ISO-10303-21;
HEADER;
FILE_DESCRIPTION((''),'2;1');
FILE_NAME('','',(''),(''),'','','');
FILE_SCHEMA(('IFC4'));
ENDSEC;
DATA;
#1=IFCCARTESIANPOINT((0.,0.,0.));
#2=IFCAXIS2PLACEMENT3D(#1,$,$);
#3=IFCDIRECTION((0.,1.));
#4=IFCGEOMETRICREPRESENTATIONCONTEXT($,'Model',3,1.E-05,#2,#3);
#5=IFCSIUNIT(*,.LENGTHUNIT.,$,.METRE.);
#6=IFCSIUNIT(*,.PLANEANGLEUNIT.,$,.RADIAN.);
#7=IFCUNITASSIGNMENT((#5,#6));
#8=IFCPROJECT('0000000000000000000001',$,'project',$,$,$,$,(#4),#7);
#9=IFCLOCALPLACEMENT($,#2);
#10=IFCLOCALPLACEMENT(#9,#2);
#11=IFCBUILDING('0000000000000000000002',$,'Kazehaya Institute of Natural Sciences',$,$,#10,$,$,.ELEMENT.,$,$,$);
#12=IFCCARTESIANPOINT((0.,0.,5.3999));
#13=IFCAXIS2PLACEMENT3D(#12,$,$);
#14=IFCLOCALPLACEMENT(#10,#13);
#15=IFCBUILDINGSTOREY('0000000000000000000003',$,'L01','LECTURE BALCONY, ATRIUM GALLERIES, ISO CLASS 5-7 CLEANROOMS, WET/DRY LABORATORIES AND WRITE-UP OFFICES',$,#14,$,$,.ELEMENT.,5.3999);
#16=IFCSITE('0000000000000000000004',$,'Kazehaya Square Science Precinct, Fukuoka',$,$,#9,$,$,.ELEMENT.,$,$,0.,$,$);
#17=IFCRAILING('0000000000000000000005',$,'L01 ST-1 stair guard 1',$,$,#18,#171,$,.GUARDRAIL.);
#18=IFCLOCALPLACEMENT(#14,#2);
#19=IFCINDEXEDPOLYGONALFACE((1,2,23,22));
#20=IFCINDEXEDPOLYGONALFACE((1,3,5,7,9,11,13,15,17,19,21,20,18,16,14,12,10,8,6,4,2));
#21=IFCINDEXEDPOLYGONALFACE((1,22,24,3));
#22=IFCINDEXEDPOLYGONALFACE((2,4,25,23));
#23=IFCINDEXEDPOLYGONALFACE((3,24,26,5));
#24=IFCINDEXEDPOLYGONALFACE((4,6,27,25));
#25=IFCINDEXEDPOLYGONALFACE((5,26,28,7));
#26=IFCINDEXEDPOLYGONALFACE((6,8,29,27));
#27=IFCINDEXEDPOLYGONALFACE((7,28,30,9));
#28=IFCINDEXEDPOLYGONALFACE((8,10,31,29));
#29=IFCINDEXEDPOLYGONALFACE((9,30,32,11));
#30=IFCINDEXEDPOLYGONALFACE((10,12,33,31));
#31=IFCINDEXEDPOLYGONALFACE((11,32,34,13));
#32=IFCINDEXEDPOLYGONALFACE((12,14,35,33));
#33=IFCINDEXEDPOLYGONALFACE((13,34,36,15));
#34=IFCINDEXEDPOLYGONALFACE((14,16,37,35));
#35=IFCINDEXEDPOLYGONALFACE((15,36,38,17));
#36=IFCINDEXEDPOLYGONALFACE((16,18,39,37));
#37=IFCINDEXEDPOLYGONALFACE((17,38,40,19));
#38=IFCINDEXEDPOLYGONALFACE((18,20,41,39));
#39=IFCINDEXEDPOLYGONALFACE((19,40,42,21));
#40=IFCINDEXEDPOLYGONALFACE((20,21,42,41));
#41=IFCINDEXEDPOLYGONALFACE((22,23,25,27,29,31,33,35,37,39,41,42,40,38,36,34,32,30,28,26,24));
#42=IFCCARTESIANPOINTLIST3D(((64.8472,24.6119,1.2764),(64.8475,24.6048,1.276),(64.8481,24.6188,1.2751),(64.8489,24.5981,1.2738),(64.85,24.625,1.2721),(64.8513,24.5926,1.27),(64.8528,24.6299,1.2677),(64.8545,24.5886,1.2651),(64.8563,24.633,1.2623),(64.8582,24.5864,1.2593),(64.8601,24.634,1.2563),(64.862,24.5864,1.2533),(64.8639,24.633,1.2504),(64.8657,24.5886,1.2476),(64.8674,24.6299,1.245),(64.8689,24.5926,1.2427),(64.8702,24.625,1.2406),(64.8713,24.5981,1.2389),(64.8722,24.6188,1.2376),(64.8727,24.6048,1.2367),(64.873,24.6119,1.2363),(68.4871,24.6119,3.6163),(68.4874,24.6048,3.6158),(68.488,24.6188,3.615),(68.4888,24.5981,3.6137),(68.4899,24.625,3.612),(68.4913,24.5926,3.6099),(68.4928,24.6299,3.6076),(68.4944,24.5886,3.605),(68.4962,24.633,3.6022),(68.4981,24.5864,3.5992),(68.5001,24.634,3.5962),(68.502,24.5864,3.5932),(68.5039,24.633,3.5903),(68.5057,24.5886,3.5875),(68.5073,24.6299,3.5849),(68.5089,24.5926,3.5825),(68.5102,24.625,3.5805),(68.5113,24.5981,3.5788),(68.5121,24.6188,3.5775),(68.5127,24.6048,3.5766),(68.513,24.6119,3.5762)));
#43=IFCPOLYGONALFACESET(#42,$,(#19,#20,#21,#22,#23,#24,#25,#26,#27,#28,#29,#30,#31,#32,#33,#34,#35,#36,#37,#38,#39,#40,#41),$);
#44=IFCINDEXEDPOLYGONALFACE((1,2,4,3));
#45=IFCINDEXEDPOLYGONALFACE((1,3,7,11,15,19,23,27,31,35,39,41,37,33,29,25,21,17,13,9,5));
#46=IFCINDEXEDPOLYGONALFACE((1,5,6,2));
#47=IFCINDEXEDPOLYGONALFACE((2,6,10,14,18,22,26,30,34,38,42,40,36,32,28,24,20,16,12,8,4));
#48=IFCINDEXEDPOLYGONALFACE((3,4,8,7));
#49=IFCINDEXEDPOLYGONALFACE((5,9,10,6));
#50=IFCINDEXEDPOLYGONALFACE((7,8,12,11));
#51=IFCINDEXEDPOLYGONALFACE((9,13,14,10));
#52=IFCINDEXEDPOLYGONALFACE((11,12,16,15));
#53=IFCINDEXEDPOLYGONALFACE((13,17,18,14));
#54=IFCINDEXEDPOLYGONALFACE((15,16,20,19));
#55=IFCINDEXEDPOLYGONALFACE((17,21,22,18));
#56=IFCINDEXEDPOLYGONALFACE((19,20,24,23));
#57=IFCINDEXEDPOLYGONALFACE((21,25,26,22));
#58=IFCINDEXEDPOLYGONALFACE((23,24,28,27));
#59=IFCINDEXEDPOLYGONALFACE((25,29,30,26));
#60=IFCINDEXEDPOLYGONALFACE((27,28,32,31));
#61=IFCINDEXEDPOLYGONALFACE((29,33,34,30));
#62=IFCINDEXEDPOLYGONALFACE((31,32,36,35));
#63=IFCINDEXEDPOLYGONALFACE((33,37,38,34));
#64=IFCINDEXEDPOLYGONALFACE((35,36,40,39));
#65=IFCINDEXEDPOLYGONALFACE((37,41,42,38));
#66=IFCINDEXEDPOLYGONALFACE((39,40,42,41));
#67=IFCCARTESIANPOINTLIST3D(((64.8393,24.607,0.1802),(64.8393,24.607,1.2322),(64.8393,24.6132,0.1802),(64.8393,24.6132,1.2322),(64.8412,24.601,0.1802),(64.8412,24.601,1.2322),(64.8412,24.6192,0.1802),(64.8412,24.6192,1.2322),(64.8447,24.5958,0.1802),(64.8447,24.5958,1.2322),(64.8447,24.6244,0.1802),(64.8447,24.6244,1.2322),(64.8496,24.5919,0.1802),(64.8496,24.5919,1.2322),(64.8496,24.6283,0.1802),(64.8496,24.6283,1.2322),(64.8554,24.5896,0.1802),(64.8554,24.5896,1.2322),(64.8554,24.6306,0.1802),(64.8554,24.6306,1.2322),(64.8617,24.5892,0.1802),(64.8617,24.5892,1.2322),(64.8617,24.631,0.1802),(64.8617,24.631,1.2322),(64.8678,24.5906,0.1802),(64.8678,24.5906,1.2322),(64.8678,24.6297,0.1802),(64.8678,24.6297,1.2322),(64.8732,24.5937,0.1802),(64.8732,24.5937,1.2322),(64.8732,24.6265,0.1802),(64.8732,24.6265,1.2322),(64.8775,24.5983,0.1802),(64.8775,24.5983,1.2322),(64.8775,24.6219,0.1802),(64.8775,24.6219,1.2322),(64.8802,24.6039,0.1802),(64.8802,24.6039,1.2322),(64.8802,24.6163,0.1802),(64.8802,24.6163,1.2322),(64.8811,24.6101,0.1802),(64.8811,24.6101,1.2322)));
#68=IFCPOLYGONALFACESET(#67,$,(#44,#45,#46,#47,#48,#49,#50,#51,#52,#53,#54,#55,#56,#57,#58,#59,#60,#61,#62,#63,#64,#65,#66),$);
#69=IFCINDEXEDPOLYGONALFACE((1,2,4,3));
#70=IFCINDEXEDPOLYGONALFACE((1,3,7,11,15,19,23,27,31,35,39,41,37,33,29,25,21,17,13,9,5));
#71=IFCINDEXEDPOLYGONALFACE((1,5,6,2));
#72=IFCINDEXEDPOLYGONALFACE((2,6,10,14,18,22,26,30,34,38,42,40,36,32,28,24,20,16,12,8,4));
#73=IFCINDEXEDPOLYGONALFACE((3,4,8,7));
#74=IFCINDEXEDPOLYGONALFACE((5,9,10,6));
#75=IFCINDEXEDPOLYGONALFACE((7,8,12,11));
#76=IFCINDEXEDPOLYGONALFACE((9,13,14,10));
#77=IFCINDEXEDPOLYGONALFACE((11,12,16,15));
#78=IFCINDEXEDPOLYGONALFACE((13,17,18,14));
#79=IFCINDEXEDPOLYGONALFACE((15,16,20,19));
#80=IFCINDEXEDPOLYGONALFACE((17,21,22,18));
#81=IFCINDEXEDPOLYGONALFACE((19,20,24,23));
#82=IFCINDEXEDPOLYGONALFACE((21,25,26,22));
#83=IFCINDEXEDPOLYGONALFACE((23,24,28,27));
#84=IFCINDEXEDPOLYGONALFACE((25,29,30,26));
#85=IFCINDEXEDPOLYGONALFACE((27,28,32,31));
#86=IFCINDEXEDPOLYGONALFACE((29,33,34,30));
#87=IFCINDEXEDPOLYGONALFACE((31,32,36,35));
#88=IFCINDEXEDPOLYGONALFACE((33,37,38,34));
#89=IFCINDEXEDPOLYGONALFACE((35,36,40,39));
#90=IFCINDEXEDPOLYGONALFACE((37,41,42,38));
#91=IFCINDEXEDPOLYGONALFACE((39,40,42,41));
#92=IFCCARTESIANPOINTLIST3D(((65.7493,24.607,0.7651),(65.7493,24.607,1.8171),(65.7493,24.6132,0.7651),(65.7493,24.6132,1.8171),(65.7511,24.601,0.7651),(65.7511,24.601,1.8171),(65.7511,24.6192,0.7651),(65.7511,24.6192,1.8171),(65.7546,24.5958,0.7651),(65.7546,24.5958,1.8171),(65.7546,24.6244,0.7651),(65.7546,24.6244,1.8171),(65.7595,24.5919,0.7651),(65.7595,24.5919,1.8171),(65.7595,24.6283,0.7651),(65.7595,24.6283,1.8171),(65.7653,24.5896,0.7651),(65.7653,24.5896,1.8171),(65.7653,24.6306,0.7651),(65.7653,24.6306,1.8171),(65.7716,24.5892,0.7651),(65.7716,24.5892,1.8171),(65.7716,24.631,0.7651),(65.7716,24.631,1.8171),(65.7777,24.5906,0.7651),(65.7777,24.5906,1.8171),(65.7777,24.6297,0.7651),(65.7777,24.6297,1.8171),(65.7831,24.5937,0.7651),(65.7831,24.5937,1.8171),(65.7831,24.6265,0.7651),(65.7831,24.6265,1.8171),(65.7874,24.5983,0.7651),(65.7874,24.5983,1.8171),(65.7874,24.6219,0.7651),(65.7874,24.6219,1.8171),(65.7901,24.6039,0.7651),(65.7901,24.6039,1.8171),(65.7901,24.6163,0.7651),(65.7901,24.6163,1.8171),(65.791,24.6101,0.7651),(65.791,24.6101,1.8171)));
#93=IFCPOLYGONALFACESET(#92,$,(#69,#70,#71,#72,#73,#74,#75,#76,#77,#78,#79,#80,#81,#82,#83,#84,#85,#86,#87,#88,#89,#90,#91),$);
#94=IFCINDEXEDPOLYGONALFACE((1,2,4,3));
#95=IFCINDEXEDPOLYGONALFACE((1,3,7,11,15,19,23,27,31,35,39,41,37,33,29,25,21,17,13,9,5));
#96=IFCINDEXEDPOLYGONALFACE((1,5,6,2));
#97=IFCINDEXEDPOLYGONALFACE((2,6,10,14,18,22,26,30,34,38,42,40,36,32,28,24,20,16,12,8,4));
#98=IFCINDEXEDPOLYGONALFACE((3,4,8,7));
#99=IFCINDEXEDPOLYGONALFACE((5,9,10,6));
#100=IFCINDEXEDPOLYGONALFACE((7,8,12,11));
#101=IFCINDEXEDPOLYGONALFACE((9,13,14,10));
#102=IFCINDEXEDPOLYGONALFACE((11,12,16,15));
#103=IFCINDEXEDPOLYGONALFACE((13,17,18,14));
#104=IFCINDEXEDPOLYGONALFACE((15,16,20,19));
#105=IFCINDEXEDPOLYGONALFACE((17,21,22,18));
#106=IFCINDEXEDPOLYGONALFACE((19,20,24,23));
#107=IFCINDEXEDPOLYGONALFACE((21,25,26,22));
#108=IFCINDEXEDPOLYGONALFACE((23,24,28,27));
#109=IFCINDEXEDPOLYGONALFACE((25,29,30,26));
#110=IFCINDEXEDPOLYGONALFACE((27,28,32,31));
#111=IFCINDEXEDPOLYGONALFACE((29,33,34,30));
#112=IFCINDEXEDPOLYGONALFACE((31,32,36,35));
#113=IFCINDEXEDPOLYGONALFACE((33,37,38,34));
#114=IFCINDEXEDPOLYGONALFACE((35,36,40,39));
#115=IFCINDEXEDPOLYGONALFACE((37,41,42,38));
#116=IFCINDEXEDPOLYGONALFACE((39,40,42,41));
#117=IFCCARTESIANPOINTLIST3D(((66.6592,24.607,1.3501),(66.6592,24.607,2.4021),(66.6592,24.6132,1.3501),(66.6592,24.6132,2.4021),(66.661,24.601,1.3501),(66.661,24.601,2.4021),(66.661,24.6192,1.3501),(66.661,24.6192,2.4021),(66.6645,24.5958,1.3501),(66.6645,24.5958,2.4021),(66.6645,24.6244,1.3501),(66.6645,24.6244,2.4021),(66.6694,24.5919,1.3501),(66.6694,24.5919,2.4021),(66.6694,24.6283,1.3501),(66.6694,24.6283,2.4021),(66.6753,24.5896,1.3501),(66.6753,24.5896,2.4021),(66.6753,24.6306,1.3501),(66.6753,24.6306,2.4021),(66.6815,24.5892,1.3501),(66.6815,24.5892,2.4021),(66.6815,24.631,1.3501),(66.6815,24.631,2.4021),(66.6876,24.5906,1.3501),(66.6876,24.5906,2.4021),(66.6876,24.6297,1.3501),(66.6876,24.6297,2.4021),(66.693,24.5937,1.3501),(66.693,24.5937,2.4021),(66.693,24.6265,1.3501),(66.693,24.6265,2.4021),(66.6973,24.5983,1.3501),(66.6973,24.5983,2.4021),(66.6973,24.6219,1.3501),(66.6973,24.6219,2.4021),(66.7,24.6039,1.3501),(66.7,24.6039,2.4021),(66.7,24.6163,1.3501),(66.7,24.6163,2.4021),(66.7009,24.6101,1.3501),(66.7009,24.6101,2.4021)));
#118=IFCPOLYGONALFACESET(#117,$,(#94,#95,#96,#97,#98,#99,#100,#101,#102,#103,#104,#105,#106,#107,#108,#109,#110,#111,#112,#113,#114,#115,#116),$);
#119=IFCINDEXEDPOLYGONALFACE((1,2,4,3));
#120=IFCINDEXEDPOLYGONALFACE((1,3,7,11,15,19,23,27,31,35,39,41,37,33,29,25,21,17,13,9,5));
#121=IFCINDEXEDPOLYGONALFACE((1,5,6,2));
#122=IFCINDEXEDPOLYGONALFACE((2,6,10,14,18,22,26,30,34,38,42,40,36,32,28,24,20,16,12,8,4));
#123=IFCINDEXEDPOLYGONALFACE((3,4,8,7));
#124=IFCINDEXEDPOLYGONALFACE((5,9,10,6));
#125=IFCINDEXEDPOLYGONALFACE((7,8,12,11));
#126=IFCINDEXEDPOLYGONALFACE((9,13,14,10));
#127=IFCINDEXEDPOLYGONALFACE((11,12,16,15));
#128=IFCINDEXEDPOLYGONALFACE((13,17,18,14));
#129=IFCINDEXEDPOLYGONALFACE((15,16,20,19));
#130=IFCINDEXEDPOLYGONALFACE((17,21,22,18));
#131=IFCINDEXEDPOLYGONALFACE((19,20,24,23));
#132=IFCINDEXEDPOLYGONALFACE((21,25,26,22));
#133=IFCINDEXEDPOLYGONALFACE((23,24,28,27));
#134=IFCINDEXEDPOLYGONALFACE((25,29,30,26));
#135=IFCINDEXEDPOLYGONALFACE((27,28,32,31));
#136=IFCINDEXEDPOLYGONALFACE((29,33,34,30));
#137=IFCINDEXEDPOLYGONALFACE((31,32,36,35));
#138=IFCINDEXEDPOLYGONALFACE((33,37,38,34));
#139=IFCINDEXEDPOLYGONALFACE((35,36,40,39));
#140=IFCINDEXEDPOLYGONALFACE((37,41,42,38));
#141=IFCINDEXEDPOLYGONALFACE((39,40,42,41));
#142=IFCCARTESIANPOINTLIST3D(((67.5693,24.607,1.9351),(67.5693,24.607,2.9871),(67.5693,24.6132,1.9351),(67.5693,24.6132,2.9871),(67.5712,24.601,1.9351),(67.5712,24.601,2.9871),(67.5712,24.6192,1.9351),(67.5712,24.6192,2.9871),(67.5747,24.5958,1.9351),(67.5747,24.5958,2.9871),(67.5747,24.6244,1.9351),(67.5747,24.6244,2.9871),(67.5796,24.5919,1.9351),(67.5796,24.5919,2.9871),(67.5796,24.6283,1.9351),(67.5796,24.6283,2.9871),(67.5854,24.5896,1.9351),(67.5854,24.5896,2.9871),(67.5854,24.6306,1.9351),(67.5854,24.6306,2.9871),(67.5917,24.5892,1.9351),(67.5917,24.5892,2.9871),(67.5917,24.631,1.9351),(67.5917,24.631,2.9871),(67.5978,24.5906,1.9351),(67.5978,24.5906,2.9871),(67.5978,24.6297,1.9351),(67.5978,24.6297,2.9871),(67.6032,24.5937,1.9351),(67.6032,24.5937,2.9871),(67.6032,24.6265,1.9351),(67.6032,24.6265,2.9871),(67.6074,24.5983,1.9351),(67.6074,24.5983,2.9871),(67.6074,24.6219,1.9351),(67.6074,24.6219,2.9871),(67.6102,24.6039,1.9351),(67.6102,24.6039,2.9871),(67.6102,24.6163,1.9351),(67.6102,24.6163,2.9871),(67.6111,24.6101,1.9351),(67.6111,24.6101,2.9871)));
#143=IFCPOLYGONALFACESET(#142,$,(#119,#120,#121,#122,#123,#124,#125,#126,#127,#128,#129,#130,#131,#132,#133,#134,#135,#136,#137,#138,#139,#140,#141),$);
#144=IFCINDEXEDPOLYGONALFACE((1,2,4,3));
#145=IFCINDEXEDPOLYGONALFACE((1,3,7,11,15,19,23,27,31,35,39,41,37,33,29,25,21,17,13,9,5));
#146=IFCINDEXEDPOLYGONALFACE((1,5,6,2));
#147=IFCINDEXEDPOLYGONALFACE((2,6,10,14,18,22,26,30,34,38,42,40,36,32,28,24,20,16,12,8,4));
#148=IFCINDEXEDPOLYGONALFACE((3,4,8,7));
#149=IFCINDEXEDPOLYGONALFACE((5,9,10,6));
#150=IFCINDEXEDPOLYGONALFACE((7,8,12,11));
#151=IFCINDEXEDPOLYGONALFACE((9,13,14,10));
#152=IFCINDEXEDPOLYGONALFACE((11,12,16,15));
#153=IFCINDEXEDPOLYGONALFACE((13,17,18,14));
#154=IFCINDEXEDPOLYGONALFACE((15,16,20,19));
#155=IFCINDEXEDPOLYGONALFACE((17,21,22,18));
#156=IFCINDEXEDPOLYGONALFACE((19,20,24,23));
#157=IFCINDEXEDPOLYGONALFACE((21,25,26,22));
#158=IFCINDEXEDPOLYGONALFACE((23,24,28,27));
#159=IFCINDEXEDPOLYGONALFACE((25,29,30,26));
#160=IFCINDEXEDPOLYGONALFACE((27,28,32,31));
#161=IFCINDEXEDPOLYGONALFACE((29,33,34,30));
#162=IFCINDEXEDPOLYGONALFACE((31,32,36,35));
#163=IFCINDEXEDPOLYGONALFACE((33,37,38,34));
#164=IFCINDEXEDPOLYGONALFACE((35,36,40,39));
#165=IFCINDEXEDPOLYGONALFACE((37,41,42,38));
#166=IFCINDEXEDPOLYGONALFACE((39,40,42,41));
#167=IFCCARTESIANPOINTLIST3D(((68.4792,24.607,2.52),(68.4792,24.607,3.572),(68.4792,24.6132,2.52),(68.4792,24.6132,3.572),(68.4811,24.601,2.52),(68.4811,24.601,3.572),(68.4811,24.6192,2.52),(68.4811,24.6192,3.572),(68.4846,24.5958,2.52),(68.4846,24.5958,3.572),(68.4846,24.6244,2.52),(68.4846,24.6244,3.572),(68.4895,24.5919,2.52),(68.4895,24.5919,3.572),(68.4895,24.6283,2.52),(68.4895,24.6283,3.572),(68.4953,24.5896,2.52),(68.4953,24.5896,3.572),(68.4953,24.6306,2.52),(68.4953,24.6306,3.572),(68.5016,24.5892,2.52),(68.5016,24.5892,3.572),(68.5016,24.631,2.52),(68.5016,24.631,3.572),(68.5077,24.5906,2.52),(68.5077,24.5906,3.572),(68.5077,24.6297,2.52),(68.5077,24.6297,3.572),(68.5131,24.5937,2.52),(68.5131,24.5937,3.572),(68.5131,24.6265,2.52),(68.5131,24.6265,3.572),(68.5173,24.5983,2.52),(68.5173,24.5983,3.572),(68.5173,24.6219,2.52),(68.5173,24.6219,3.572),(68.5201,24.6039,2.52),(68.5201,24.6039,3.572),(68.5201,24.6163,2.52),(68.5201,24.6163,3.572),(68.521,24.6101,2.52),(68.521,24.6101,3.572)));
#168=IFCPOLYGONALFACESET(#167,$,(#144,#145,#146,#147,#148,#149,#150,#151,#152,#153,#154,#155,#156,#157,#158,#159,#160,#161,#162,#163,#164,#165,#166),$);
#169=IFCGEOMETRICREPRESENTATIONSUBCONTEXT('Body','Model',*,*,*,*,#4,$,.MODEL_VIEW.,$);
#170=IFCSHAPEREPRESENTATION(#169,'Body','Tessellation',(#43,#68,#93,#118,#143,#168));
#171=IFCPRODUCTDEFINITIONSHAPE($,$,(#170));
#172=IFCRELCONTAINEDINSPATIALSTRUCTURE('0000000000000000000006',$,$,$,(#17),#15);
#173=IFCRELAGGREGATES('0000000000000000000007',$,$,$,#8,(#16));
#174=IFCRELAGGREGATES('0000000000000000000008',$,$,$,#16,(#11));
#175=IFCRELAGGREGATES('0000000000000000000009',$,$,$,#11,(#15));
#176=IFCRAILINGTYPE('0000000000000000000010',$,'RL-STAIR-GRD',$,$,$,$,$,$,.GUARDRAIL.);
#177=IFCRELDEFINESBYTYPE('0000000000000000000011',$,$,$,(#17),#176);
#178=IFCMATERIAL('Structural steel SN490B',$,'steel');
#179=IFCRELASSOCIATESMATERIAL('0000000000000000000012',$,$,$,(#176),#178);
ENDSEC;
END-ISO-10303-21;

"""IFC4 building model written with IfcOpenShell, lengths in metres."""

from ifc_helpers import new_model, si_unit, direction, frame, origin, origin_2d, place, context, subcontext, project, spatial, circle, extrude, material, type_object, element, save


model = new_model("IFC4")

# Units and contexts
model_context = context("Model", 3, precision=1e-05, world=origin(), true_north=direction((0.0, 1.0)))
body_context = subcontext(model_context, "Body", "Model", "MODEL_VIEW")
ifc_project = project(units=[si_unit("LENGTHUNIT", "METRE"), si_unit("PLANEANGLEUNIT", "RADIAN")], contexts=[model_context])

# Site, building, storey
site_placement = place(None, origin())
site = spatial("IfcSite", under=ifc_project, at=site_placement, Name="Kazehaya Square Science Precinct, Fukuoka", CompositionType="ELEMENT", RefElevation=0.0)
building_placement = place(site_placement, origin())
building = spatial("IfcBuilding", under=site, at=building_placement, Name="Kazehaya Institute of Natural Sciences", CompositionType="ELEMENT")
storey_placement = place(building_placement, frame((0.0, 0.0, 5.3999)))
storey = spatial("IfcBuildingStorey", under=building, at=storey_placement, Name="L01", Description="LECTURE BALCONY, ATRIUM GALLERIES, ISO CLASS 5-7 CLEANROOMS, WET/DRY LABORATORIES AND WRITE-UP OFFICES", CompositionType="ELEMENT", Elevation=5.3999)

# Railing
ifc_material_1 = material(Name="Structural steel SN490B", Category="steel")
railing_type_1 = type_object("IfcRailingType", Name="RL-STAIR-GRD", PredefinedType="GUARDRAIL", material=ifc_material_1)
railing_1_placement = place(storey_placement, frame((64.8601, 24.6101, 0.1802)))
element("IfcRailing", 1, at=railing_1_placement, inside=storey, type_object=railing_type_1, Name="L01 ST-1 stair guard 1", PredefinedType="GUARDRAIL", context=body_context, shape_type="SweptSolid", body=[
    extrude(circle(Radius=0.0239, at=origin_2d()), frame((0.0, 0.0, 1.0762), z_axis=(0.841188, 0.0, 0.540743), x_axis=(0.0, 1.0, 0.0)), (0.0, 0.0, 1.0), 4.3271),
    extrude(circle(Radius=0.021, at=origin_2d()), origin(), (0.0, 0.0, 1.0), 1.052),
    extrude(circle(Radius=0.021, at=origin_2d()), frame((0.9099, 0.0, 0.585)), (0.0, 0.0, 1.0), 1.052),
    extrude(circle(Radius=0.021, at=origin_2d()), frame((1.8198, 0.0, 1.1699)), (0.0, 0.0, 1.0), 1.052),
    extrude(circle(Radius=0.021, at=origin_2d()), frame((2.73, 0.0, 1.7549)), (0.0, 0.0, 1.0), 1.052),
    extrude(circle(Radius=0.021, at=origin_2d()), frame((3.6399, 0.0, 2.3398)), (0.0, 0.0, 1.0), 1.052),
])

save(model, "model.ifc")
